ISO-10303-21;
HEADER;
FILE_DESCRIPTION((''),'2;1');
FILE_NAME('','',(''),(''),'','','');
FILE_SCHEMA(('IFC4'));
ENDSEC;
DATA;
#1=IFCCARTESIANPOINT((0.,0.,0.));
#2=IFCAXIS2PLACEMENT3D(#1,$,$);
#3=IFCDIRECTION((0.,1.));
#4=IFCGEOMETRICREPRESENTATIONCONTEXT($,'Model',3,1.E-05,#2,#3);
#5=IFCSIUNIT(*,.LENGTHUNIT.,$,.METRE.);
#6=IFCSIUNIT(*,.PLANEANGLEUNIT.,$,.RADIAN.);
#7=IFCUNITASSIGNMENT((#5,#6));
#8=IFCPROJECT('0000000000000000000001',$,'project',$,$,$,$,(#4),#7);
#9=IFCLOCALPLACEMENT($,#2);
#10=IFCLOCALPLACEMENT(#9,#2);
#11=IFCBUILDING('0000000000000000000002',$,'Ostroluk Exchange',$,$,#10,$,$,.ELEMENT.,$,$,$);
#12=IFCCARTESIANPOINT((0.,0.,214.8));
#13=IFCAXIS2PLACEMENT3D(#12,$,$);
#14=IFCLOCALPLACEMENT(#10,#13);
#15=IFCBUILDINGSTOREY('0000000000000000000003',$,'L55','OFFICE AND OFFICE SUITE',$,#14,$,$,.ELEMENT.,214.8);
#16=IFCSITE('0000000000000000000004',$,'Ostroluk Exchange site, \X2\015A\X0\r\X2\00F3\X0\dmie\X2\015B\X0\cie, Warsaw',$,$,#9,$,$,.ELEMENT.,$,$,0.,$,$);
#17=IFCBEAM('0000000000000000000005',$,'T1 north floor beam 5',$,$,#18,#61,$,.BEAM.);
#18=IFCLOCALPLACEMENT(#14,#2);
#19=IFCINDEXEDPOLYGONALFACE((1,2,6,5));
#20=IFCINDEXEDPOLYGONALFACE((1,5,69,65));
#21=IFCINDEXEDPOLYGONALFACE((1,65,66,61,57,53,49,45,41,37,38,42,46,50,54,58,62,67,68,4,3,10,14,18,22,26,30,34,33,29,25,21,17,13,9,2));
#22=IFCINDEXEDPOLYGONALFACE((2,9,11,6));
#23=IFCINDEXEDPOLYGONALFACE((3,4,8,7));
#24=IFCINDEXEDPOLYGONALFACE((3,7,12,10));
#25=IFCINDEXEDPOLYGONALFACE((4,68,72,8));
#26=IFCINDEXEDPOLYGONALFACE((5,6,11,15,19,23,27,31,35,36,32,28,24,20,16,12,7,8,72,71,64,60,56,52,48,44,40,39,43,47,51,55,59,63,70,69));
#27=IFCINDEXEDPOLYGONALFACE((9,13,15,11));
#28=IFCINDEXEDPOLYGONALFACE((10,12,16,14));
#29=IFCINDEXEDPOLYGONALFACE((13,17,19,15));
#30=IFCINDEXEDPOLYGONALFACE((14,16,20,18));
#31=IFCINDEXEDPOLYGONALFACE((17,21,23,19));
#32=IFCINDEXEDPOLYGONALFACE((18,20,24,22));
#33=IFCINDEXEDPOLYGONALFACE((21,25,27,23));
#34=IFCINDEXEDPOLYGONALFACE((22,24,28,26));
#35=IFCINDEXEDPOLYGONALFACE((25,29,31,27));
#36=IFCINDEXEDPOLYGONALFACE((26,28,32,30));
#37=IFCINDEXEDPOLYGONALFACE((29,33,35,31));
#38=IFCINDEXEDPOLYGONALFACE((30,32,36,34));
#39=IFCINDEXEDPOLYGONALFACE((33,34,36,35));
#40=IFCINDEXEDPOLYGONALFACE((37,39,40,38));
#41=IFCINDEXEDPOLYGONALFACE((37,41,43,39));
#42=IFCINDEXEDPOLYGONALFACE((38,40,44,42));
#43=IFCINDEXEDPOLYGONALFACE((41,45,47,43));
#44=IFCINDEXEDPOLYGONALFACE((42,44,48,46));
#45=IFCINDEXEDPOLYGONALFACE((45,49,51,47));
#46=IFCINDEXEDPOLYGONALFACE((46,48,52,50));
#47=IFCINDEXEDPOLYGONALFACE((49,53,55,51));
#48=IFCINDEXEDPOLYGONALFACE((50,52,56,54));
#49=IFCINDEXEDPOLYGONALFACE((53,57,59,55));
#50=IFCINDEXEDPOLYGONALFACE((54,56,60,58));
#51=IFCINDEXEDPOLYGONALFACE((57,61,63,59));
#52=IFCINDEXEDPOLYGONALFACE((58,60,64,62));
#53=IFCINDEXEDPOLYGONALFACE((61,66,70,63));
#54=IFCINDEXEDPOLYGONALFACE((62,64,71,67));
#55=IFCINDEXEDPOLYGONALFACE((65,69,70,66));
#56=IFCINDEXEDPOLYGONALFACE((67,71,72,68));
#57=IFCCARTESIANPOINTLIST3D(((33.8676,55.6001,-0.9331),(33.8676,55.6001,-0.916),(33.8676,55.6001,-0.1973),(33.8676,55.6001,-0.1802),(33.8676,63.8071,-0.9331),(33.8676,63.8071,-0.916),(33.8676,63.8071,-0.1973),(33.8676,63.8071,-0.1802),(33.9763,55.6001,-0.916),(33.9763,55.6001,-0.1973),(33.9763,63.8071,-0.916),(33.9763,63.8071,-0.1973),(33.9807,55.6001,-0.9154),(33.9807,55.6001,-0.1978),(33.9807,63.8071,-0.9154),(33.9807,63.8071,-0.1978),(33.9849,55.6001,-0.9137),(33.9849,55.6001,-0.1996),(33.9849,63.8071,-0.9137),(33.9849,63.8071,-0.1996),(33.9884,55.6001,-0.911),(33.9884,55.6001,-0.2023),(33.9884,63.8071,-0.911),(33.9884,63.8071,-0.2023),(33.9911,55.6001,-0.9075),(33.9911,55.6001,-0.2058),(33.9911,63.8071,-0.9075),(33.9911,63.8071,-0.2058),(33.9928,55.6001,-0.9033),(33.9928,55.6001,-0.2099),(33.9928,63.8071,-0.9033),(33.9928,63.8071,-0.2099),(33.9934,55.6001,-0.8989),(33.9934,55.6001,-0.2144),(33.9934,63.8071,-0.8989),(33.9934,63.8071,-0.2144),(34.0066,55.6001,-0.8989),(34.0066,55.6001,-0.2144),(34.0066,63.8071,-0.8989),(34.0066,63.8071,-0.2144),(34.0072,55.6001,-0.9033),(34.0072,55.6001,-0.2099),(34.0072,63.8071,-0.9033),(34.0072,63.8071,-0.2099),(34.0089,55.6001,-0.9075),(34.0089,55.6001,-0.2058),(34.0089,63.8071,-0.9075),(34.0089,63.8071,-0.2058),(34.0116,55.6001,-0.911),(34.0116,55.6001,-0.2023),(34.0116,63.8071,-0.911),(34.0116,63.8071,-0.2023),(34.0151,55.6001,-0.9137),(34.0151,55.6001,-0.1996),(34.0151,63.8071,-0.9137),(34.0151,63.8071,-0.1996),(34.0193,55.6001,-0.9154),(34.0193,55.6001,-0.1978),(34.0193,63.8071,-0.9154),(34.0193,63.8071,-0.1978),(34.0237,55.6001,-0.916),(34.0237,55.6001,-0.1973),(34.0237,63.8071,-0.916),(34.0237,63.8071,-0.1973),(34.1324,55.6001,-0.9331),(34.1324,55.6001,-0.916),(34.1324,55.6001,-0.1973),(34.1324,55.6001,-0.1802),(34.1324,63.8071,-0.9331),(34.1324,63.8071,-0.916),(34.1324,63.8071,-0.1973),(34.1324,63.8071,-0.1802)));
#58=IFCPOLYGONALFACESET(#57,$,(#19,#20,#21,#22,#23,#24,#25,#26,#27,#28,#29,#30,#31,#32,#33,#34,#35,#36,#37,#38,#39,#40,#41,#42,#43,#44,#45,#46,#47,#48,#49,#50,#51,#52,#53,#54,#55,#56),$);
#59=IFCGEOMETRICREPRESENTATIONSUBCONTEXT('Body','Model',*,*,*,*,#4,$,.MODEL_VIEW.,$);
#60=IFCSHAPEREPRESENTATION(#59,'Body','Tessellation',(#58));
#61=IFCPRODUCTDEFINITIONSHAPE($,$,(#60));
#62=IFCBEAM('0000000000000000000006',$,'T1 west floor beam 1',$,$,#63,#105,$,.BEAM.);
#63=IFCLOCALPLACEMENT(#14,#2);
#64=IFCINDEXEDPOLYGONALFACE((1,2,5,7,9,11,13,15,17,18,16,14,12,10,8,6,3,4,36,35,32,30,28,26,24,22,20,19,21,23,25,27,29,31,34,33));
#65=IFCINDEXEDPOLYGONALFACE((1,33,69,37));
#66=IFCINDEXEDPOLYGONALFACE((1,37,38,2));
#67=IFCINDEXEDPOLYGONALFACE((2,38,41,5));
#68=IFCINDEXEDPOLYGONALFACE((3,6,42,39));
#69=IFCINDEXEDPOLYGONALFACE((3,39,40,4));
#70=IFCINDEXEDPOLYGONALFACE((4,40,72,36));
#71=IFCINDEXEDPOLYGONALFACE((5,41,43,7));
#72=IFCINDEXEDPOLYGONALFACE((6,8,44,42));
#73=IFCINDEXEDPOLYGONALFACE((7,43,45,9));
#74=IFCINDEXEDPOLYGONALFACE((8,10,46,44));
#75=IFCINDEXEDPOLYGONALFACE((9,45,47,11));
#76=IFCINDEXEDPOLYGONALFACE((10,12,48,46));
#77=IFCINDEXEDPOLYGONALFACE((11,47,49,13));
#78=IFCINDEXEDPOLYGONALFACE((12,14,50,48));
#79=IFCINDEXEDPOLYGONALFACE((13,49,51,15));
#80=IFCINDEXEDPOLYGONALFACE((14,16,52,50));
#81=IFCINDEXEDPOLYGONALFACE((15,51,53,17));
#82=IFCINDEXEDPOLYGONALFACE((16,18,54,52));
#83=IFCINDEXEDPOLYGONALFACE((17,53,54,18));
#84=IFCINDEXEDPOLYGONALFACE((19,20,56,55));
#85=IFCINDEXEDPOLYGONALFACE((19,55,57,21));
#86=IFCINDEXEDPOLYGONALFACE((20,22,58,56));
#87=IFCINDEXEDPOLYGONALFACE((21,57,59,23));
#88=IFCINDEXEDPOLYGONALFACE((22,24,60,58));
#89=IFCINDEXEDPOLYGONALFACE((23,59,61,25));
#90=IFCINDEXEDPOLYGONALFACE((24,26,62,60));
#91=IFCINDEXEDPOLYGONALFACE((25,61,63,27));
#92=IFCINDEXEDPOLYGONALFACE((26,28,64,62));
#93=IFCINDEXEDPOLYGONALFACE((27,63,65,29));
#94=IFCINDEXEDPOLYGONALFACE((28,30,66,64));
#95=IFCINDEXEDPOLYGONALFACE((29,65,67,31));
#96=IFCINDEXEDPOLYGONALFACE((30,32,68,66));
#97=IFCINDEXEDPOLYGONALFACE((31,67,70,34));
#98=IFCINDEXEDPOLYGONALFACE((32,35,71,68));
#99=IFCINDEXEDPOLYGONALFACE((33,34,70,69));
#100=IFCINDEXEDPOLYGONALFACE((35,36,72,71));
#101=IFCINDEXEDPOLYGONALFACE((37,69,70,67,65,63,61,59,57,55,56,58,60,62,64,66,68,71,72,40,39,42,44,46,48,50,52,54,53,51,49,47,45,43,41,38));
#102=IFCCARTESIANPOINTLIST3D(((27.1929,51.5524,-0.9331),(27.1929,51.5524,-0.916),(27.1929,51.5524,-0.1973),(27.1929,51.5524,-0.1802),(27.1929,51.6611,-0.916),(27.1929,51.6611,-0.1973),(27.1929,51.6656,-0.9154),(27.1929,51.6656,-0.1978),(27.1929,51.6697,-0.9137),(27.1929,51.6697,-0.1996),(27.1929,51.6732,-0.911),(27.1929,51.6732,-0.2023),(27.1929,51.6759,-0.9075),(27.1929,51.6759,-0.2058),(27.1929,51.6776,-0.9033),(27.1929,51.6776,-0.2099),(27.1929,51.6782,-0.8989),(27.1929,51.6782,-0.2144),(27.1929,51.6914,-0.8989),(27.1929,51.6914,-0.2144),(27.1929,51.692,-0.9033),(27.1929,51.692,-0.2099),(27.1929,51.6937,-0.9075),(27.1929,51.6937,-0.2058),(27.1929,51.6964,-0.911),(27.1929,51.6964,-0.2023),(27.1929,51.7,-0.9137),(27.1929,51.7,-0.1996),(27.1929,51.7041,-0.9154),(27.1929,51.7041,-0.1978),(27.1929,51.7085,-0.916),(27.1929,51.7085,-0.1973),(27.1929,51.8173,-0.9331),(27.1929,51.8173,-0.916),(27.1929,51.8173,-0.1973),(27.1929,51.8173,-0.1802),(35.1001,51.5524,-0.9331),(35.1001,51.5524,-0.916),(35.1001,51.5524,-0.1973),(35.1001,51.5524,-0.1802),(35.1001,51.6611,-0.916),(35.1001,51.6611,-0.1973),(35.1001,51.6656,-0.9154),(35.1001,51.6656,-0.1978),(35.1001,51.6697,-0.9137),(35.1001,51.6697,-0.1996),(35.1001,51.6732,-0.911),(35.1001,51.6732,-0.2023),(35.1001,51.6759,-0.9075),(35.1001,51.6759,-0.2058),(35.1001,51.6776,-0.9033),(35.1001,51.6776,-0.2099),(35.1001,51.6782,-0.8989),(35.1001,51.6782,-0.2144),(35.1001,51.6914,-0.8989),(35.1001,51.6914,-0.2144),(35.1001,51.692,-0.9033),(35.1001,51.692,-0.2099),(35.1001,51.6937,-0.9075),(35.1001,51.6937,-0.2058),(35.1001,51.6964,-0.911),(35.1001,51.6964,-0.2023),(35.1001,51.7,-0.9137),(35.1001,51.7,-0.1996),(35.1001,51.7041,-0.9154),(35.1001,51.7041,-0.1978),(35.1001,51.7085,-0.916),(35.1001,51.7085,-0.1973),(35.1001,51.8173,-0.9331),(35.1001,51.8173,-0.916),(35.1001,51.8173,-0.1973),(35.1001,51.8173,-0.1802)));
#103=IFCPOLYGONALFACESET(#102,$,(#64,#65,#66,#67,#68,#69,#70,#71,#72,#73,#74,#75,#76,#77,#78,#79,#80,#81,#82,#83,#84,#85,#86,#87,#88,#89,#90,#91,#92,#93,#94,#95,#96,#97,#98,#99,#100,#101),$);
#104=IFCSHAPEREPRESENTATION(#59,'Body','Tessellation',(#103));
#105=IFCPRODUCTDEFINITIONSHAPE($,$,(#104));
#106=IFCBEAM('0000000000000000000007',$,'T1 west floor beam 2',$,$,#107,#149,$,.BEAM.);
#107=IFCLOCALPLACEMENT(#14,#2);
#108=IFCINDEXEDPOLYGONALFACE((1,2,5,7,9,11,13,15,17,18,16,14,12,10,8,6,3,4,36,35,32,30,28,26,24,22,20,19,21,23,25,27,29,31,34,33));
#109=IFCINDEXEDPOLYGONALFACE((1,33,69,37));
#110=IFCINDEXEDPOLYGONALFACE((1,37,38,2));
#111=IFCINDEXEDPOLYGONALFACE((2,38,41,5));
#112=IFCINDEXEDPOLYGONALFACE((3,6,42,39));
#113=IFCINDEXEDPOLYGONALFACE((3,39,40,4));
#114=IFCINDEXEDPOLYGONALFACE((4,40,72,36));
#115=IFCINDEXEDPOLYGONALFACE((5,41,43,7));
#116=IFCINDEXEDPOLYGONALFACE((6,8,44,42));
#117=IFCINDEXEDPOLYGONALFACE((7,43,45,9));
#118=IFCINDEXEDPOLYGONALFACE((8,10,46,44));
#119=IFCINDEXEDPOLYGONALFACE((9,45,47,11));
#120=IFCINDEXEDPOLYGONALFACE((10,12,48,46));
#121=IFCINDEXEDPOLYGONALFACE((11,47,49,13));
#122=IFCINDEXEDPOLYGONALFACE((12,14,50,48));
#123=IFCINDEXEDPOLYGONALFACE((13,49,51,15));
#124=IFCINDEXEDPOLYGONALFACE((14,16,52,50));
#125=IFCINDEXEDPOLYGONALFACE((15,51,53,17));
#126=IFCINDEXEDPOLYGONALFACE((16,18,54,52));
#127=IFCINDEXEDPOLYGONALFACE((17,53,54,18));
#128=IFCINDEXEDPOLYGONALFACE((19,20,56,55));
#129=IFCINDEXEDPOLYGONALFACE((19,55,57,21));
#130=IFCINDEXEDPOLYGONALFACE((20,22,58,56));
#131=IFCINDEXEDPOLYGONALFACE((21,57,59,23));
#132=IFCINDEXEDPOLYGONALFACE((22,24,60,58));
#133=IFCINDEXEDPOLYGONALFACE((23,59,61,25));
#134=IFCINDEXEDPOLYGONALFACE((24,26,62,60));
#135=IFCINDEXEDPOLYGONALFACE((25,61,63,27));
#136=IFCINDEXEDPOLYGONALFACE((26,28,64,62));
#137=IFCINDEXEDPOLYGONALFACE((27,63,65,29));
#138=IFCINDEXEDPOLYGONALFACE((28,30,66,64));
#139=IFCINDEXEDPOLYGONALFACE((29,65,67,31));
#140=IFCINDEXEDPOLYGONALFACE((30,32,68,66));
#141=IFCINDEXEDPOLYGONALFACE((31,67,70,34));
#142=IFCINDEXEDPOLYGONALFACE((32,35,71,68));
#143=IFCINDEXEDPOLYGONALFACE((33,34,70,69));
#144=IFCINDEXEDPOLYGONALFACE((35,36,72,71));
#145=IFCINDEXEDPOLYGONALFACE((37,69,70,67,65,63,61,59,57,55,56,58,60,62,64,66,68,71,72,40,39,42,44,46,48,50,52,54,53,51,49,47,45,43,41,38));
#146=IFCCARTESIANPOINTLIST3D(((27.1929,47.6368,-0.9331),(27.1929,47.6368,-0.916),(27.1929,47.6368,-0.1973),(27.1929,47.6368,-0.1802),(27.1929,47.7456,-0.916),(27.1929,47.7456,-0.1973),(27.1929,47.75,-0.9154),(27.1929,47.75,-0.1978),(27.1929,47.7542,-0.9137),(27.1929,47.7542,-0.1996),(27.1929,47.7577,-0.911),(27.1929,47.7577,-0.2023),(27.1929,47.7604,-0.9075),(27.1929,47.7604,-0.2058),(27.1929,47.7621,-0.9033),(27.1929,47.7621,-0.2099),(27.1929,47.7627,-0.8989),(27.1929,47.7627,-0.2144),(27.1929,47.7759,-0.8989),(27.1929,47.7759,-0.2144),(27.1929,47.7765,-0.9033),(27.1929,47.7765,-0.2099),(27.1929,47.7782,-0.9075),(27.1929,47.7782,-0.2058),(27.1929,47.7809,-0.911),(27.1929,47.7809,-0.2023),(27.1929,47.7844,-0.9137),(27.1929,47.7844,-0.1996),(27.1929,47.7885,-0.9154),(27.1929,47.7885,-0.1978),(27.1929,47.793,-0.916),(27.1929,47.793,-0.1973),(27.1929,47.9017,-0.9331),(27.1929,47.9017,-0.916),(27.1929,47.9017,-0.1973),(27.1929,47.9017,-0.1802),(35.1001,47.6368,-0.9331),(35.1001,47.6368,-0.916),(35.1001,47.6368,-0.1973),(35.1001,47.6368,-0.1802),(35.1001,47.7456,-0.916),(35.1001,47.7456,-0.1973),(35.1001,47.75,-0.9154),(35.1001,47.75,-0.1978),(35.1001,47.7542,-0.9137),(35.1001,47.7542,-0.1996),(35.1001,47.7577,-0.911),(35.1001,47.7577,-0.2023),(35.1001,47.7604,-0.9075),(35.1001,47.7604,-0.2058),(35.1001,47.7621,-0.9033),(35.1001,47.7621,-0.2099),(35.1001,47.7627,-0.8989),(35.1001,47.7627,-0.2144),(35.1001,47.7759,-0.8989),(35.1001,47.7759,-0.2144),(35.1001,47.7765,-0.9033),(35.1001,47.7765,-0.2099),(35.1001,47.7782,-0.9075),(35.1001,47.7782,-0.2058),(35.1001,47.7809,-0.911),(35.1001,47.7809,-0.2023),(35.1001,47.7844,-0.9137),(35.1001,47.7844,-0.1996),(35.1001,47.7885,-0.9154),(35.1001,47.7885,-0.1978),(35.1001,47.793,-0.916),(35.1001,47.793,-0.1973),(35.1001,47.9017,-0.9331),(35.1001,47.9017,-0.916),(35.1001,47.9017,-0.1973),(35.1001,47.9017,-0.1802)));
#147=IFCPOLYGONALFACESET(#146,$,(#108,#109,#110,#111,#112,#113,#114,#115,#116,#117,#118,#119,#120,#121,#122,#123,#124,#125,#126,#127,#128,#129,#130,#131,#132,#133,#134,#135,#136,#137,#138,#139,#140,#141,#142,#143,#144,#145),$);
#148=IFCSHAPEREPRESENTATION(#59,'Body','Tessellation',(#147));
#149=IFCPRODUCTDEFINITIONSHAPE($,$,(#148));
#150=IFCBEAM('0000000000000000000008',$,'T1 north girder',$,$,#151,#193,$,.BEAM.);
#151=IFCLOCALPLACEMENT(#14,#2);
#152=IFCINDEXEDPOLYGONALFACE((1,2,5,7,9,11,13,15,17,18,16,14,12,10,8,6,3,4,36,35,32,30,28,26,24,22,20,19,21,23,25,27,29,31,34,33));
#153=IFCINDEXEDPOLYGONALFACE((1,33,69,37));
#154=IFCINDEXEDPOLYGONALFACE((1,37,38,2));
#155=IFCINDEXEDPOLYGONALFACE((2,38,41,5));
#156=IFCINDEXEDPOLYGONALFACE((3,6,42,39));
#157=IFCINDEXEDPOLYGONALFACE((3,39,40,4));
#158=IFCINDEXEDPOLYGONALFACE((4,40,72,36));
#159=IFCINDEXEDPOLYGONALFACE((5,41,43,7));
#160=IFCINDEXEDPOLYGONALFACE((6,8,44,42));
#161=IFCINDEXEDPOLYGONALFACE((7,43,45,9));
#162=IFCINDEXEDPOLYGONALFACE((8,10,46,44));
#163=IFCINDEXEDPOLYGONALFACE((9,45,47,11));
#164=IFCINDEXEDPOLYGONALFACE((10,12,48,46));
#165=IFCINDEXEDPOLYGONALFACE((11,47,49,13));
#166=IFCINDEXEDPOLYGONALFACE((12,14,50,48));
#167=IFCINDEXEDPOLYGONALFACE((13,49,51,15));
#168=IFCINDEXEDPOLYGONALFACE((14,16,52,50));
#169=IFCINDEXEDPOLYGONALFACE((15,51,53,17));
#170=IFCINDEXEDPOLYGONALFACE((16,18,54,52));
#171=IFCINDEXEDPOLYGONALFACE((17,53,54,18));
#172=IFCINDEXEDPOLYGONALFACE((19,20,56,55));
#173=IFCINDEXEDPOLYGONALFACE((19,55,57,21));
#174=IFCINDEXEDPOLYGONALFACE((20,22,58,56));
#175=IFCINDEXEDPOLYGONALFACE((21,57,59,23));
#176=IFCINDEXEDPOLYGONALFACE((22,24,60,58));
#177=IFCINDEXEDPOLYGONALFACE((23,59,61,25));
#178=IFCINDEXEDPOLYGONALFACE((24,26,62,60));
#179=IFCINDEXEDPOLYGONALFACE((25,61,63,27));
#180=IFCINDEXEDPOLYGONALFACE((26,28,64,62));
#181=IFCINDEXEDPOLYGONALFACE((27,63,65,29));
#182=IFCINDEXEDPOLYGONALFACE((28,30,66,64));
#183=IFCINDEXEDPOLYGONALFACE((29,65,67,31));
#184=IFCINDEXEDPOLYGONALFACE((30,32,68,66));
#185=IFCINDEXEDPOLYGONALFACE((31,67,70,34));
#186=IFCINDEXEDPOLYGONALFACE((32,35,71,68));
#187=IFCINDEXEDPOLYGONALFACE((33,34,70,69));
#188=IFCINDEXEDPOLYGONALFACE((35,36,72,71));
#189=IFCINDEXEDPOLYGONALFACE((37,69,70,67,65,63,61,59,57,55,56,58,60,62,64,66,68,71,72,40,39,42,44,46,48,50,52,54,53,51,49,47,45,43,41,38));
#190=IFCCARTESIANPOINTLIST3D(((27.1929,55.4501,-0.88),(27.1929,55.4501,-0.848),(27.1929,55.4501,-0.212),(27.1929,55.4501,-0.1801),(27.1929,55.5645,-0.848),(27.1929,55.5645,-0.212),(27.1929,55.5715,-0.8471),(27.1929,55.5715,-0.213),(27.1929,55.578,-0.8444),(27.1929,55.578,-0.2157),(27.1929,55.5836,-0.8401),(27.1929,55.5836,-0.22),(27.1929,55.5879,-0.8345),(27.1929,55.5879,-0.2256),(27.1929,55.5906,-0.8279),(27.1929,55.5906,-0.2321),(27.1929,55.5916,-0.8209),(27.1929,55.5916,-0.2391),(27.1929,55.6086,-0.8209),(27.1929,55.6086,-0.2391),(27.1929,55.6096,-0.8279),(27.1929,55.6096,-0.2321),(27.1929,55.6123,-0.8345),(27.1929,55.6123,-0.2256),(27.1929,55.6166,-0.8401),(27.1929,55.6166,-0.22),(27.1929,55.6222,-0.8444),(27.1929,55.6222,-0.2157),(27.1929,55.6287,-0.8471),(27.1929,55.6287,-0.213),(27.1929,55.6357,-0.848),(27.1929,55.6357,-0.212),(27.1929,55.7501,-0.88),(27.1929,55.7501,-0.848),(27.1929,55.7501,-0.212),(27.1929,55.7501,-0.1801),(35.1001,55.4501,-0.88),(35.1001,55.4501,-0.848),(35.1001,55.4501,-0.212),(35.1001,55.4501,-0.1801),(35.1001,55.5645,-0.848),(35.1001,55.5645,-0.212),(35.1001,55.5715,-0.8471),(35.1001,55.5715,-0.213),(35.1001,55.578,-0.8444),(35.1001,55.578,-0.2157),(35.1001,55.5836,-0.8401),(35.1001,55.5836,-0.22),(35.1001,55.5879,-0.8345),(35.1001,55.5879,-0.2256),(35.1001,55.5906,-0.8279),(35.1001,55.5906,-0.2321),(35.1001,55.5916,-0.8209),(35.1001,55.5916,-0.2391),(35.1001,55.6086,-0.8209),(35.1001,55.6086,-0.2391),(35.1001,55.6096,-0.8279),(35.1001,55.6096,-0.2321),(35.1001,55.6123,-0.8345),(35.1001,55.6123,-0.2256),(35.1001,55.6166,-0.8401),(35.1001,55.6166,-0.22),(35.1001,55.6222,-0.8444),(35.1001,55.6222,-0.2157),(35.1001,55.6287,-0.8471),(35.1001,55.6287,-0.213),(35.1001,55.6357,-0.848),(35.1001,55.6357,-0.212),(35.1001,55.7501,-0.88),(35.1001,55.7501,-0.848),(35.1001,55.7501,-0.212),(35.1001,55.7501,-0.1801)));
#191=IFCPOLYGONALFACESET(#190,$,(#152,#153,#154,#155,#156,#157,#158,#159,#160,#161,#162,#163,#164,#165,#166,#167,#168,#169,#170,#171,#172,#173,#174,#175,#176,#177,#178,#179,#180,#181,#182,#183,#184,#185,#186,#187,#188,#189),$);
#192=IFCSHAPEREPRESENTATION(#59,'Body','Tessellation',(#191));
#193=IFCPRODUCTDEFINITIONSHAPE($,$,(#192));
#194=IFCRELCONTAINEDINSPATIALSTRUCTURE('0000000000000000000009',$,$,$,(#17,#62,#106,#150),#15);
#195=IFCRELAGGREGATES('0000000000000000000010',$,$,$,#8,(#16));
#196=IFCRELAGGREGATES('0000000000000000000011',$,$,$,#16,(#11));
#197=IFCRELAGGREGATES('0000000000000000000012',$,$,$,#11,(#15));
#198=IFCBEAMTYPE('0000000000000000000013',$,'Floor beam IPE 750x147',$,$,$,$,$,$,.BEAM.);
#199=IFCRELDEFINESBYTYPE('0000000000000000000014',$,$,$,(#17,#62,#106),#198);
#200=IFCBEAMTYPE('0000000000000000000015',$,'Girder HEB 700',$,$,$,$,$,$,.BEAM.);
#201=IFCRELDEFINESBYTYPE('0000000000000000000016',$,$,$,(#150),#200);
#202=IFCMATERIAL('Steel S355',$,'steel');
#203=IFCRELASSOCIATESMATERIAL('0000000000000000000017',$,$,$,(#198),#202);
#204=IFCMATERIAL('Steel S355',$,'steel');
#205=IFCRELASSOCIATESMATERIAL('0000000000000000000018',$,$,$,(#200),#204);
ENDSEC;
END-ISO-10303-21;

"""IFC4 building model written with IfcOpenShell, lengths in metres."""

from ifc_helpers import new_model, si_unit, direction, frame, origin, origin_2d, place, context, subcontext, project, spatial, i_section, extrude, material, material_profile, profile_set, type_object, element, save


model = new_model("IFC4")

# Units and contexts
model_context = context("Model", 3, precision=1e-05, world=origin(), true_north=direction((0.0, 1.0)))
body_context = subcontext(model_context, "Body", "Model", "MODEL_VIEW")
ifc_project = project(units=[si_unit("LENGTHUNIT", "METRE"), si_unit("PLANEANGLEUNIT", "RADIAN")], contexts=[model_context])

# Site, building, storey
site_placement = place(None, origin())
site = spatial("IfcSite", under=ifc_project, at=site_placement, Name="Ostroluk Exchange site, Śródmieście, Warsaw", CompositionType="ELEMENT", RefElevation=0.0)
building_placement = place(site_placement, origin())
building = spatial("IfcBuilding", under=site, at=building_placement, Name="Ostroluk Exchange", CompositionType="ELEMENT")
storey_placement = place(building_placement, frame((0.0, 0.0, 214.8)))
storey = spatial("IfcBuildingStorey", under=building, at=storey_placement, Name="L55", Description="OFFICE AND OFFICE SUITE", CompositionType="ELEMENT", Elevation=214.8)

# Beams
ifc_material_1 = material(Name="Steel S355", Category="steel")
ifc_material_profile_1 = material_profile(ifc_material_1, i_section(OverallWidth=0.2649, OverallDepth=0.7529, WebThickness=0.0132, FlangeThickness=0.0171, FilletRadius=0.0171, at=origin_2d()), Name="IPE 750x147")
ifc_profile_set_1 = profile_set([ifc_material_profile_1], Name="Steel S355")
beam_type_1 = type_object("IfcBeamType", Name="Floor beam IPE 750x147", PredefinedType="BEAM", material=ifc_profile_set_1)
beam_1_placement = place(storey_placement, frame((34.0, 55.6001, -0.5566), z_axis=(0.0, 1.0, 0.0), x_axis=(-1.0, 0.0, 0.0)))
element("IfcBeam", 1, at=beam_1_placement, inside=storey, type_object=beam_type_1, Name="T1 north floor beam 5", PredefinedType="BEAM", context=body_context, shape_type="SweptSolid", body=[
    extrude(i_section(OverallWidth=0.2649, OverallDepth=0.7529, WebThickness=0.0132, FlangeThickness=0.0171, FilletRadius=0.0171, at=origin_2d()), origin(), (0.0, 0.0, 1.0), 8.207),
])
for number, where, z_axis, x_axis, name in (
    (2, (35.1001, 51.6848, -0.5566), (-1.0, 0.0, 0.0), (0.0, -1.0, 0.0), "T1 west floor beam 1"),
    (3, (35.1001, 47.7693, -0.5566), (-1.0, 0.0, 0.0), (0.0, -1.0, 0.0), "T1 west floor beam 2"),
):
    element("IfcBeam", number, at=place(storey_placement, frame(where, z_axis=z_axis, x_axis=x_axis)), inside=storey, type_object=beam_type_1, Name=name, PredefinedType="BEAM", context=body_context, shape_type="SweptSolid", body=[
        extrude(i_section(OverallWidth=0.2649, OverallDepth=0.7529, WebThickness=0.0132, FlangeThickness=0.0171, FilletRadius=0.0171, at=origin_2d()), origin(), (0.0, 0.0, 1.0), 7.9072),
    ])
ifc_material_2 = material(Name="Steel S355", Category="steel")
ifc_material_profile_2 = material_profile(ifc_material_2, i_section(OverallWidth=0.3, OverallDepth=0.7, WebThickness=0.0171, FlangeThickness=0.032, FilletRadius=0.0271, at=origin_2d()), Name="HEB 700")
ifc_profile_set_2 = profile_set([ifc_material_profile_2], Name="Steel S355")
beam_type_2 = type_object("IfcBeamType", Name="Girder HEB 700", PredefinedType="BEAM", material=ifc_profile_set_2)
beam_2_placement = place(storey_placement, frame((35.1001, 55.6001, -0.53), z_axis=(-1.0, 0.0, 0.0), x_axis=(0.0, -1.0, 0.0)))
element("IfcBeam", 4, at=beam_2_placement, inside=storey, type_object=beam_type_2, Name="T1 north girder", PredefinedType="BEAM", context=body_context, shape_type="SweptSolid", body=[
    extrude(i_section(OverallWidth=0.3, OverallDepth=0.7, WebThickness=0.0171, FlangeThickness=0.032, FilletRadius=0.0271, at=origin_2d()), origin(), (0.0, 0.0, 1.0), 7.9072),
])

save(model, "model.ifc")
